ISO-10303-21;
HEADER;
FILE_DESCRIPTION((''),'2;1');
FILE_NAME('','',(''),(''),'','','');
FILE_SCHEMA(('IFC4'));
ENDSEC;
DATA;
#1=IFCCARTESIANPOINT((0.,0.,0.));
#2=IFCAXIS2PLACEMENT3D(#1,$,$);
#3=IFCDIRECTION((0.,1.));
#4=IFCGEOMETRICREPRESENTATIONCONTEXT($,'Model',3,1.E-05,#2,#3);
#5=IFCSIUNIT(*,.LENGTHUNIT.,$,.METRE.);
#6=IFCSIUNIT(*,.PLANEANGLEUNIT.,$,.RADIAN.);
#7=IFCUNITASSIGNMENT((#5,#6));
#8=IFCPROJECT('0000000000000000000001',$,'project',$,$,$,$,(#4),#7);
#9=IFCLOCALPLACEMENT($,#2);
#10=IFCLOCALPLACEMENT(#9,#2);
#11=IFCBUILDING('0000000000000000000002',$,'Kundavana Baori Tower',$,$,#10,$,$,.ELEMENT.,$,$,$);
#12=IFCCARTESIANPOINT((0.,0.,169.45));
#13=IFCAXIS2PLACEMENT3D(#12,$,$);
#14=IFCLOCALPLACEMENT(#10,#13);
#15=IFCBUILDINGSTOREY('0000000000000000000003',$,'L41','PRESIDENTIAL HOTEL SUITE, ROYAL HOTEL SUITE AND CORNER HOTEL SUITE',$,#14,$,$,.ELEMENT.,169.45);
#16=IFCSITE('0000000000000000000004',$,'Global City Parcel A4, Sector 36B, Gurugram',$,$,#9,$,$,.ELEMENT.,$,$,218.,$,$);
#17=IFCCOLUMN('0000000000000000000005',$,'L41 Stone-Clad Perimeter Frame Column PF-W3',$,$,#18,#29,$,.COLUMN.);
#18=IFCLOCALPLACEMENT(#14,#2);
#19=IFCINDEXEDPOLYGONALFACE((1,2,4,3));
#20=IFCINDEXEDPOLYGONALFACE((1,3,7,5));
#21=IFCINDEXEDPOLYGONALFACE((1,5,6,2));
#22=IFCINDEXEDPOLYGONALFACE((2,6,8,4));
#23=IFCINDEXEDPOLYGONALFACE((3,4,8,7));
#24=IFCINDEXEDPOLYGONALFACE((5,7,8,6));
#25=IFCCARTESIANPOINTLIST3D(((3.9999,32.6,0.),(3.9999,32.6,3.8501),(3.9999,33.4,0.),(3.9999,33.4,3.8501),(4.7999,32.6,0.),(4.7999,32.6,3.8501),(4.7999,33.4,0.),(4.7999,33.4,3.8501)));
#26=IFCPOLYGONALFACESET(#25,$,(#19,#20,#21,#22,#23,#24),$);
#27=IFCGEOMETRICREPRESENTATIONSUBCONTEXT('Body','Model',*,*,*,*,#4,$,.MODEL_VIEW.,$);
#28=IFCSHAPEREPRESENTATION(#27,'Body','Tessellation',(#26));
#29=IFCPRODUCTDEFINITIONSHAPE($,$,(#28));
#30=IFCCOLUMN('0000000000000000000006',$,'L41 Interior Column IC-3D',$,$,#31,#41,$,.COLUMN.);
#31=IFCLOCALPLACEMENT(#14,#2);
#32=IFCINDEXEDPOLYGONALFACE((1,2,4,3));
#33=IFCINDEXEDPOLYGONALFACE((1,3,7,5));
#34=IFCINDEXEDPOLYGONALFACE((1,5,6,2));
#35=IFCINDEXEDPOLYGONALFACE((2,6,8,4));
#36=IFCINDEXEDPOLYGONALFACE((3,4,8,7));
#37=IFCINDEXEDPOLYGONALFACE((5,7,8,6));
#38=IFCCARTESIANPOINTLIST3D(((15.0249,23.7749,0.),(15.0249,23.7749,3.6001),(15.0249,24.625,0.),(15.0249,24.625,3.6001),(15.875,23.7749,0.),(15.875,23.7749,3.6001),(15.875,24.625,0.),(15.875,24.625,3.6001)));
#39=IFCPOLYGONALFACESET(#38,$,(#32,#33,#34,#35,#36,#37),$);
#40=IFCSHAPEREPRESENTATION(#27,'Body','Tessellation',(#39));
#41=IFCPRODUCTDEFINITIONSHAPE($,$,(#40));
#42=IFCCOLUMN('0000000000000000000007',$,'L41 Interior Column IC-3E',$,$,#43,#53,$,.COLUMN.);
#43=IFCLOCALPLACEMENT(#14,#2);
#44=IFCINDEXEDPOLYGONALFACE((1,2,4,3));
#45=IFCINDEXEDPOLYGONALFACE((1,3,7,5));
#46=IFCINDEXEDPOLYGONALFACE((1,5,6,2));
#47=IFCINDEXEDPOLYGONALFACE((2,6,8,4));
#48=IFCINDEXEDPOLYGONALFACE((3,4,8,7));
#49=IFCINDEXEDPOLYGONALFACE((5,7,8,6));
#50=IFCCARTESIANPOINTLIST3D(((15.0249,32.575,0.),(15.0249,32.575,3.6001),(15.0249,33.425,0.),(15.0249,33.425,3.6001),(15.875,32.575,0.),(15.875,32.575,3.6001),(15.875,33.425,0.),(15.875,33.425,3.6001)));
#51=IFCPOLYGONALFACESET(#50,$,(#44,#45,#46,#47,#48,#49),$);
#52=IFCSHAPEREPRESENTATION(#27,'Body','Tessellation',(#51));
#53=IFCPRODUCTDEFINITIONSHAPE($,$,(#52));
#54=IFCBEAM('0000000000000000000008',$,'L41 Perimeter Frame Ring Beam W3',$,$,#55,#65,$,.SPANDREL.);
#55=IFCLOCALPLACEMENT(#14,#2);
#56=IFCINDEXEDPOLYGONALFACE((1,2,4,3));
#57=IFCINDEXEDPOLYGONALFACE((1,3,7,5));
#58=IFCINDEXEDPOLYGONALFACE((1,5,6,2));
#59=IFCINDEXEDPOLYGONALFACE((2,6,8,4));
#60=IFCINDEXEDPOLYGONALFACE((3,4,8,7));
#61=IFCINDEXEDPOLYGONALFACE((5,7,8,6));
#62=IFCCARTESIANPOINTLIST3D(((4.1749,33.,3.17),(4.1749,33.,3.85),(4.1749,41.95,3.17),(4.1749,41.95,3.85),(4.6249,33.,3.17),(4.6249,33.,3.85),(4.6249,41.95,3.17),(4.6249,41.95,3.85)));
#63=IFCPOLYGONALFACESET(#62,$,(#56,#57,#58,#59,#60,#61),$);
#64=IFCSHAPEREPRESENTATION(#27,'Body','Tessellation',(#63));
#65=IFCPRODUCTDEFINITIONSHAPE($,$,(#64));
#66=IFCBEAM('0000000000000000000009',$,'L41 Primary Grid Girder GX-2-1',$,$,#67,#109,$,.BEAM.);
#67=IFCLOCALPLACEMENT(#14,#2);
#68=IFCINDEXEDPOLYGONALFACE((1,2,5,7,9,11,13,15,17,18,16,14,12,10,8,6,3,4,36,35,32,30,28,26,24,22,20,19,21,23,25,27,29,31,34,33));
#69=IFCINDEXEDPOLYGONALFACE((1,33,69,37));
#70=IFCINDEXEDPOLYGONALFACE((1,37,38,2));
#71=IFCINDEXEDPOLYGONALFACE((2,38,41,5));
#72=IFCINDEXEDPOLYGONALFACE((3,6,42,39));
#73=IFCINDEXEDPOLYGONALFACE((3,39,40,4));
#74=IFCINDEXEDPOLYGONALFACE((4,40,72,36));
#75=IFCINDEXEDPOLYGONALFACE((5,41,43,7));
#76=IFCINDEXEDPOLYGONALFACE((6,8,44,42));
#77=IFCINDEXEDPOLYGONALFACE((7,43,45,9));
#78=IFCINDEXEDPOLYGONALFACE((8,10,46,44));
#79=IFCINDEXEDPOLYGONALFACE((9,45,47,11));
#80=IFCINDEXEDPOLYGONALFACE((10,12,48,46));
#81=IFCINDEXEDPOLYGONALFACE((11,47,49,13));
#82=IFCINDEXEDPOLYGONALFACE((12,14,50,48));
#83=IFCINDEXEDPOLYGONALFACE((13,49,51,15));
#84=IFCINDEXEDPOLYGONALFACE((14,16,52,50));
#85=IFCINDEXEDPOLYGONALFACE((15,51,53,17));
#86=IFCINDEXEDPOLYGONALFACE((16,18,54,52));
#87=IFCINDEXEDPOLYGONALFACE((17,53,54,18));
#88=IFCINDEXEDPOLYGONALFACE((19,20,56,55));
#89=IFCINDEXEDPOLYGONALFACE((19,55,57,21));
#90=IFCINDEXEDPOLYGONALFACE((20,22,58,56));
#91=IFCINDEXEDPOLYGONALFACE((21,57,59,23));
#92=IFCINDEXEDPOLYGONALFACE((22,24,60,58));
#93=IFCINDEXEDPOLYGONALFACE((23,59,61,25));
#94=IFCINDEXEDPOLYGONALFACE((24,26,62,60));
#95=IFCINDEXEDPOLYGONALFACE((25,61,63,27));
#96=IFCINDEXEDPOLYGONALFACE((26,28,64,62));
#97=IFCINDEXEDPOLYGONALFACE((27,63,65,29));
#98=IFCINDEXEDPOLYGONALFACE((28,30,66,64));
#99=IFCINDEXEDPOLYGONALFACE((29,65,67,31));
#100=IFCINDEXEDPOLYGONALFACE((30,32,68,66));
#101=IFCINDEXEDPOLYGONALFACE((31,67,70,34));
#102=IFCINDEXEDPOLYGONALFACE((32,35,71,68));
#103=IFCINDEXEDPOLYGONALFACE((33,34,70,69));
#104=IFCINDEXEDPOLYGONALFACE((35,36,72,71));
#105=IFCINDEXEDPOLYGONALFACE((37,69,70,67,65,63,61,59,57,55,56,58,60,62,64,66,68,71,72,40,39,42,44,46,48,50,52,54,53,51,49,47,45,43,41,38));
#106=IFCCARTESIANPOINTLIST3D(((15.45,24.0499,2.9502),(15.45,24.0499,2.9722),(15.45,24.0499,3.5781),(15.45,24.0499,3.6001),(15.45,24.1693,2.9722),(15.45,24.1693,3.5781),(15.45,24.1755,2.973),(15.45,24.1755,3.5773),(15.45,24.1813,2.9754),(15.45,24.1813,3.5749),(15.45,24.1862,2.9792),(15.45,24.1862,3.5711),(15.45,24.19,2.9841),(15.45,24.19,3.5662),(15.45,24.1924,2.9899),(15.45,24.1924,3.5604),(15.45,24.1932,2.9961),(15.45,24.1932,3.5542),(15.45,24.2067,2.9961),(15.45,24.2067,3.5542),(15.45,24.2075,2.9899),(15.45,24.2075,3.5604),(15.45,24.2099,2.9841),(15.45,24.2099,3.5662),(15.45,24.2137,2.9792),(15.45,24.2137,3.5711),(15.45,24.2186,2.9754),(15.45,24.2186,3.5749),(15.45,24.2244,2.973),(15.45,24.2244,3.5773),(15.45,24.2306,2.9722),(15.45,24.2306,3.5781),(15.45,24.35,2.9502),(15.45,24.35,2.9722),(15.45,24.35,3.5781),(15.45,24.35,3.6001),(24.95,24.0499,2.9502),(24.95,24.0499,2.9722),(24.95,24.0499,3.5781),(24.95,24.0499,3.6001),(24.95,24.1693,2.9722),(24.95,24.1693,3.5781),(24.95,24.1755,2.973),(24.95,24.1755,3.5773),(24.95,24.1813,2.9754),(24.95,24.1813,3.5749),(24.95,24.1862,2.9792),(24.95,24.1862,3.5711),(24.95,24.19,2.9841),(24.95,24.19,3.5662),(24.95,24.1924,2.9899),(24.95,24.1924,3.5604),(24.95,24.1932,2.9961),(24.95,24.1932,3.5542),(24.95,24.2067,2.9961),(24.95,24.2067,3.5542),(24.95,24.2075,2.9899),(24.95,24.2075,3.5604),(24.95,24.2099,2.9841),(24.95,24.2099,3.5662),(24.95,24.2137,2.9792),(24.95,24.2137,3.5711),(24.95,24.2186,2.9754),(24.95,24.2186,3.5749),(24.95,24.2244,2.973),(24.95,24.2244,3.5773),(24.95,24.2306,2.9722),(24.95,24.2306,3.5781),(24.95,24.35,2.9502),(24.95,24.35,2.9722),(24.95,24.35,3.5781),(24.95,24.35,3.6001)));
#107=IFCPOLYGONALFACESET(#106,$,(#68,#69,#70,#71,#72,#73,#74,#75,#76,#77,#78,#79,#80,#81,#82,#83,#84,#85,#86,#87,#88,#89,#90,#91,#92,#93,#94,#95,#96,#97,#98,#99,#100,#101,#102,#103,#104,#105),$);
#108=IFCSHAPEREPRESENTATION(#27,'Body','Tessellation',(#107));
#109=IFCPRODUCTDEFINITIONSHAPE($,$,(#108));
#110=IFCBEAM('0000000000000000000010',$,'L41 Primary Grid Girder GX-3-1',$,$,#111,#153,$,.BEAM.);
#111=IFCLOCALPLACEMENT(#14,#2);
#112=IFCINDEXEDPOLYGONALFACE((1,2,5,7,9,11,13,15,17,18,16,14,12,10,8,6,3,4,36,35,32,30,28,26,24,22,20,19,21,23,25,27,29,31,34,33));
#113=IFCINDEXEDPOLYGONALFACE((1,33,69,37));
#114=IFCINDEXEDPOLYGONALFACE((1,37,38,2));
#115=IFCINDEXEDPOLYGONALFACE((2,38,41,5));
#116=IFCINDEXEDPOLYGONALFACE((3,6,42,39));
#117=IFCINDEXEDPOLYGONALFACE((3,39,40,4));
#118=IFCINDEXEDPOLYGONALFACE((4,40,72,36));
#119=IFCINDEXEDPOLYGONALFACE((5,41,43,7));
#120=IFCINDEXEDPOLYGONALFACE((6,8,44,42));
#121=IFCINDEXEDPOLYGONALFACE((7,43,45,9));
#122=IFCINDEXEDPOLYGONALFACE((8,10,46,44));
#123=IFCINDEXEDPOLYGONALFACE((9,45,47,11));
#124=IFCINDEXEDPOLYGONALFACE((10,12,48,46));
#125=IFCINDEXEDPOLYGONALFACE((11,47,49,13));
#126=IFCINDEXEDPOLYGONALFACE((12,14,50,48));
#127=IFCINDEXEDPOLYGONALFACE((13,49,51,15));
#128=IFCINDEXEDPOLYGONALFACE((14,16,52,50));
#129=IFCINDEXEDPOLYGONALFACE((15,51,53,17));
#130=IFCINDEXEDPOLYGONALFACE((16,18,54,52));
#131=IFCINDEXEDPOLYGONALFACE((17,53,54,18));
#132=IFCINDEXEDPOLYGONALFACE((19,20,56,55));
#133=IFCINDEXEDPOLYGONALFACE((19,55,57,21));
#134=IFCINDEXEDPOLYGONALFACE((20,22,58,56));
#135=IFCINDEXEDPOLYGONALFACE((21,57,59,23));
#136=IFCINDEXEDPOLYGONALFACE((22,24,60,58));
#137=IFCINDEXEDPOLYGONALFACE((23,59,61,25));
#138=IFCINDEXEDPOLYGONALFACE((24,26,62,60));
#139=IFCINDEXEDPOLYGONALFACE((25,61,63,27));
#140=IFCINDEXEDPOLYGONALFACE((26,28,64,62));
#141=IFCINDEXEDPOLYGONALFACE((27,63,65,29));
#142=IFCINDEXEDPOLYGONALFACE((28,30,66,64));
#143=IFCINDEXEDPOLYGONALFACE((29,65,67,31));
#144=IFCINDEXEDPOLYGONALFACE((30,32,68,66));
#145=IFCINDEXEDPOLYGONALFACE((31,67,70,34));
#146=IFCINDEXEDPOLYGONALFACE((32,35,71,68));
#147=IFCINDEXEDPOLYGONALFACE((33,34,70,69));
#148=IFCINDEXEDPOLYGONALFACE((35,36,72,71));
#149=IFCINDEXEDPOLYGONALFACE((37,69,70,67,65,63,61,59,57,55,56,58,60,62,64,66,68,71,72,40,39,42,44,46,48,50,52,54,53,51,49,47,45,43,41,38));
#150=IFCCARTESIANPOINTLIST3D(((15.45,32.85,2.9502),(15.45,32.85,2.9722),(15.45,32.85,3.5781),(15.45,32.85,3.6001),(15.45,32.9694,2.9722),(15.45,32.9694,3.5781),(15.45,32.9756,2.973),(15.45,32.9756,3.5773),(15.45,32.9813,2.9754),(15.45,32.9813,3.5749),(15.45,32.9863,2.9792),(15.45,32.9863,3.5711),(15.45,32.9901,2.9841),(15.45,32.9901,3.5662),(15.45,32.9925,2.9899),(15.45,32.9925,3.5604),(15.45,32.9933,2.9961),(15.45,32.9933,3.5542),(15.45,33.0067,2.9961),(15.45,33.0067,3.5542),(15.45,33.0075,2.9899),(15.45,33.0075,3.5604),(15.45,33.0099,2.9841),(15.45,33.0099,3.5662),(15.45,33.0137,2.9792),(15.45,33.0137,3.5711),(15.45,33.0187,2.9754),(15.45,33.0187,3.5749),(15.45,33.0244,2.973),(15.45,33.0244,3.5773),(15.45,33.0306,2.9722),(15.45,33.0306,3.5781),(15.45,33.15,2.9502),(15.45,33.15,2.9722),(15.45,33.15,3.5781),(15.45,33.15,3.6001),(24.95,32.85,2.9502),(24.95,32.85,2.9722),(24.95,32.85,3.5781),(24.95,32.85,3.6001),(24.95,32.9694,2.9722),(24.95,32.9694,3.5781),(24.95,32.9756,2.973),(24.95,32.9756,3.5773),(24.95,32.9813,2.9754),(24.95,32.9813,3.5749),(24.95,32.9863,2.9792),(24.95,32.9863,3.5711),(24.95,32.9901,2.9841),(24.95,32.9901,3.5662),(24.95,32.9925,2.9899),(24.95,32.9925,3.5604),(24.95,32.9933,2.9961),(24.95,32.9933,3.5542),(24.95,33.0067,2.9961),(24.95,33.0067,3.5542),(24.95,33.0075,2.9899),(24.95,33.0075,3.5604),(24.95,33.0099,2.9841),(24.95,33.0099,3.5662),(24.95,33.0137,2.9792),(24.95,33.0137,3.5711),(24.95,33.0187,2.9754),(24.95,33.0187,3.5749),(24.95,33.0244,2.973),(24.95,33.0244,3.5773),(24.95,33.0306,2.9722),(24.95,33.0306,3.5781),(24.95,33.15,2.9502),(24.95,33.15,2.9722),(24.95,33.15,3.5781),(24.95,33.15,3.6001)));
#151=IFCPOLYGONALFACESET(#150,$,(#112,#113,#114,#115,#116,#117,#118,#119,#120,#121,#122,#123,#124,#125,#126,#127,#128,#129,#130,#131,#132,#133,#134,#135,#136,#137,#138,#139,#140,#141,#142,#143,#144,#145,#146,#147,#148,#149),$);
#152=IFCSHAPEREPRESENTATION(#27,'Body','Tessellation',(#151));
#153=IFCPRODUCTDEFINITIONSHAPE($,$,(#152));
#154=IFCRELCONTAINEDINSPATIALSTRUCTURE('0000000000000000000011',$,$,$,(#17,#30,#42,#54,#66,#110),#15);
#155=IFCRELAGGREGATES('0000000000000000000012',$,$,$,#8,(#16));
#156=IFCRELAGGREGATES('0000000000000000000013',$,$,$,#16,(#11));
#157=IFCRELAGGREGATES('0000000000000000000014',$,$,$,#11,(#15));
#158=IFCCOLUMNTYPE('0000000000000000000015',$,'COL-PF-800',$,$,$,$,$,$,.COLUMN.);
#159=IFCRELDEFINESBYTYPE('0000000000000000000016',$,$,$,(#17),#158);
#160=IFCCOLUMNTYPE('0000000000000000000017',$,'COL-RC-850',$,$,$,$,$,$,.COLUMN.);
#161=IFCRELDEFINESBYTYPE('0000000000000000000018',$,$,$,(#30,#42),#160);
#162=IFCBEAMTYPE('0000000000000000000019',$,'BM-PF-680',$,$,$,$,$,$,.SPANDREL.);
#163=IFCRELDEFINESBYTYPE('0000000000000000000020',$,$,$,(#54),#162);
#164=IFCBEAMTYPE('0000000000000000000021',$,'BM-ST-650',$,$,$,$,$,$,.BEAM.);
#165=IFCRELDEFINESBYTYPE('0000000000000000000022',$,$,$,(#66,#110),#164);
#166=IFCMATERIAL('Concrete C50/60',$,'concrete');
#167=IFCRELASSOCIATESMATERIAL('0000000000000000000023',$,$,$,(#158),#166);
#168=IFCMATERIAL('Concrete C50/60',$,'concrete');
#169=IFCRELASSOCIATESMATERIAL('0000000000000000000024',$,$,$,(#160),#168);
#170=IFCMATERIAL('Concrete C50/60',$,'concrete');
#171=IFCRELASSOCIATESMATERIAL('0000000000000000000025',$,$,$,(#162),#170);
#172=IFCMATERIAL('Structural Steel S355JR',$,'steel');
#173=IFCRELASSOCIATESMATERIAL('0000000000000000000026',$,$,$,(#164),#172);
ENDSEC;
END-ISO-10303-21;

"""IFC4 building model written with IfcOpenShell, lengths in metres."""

from ifc_helpers import new_model, si_unit, direction, frame, origin, origin_2d, place, context, subcontext, project, spatial, rectangle, i_section, extrude, material, material_profile, profile_set, type_object, element, save


model = new_model("IFC4")

# Units and contexts
model_context = context("Model", 3, precision=1e-05, world=origin(), true_north=direction((0.0, 1.0)))
body_context = subcontext(model_context, "Body", "Model", "MODEL_VIEW")
ifc_project = project(units=[si_unit("LENGTHUNIT", "METRE"), si_unit("PLANEANGLEUNIT", "RADIAN")], contexts=[model_context])

# Site, building, storey
site_placement = place(None, origin())
site = spatial("IfcSite", under=ifc_project, at=site_placement, Name="Global City Parcel A4, Sector 36B, Gurugram", CompositionType="ELEMENT", RefElevation=218.0)
building_placement = place(site_placement, origin())
building = spatial("IfcBuilding", under=site, at=building_placement, Name="Kundavana Baori Tower", CompositionType="ELEMENT")
storey_placement = place(building_placement, frame((0.0, 0.0, 169.45)))
storey = spatial("IfcBuildingStorey", under=building, at=storey_placement, Name="L41", Description="PRESIDENTIAL HOTEL SUITE, ROYAL HOTEL SUITE AND CORNER HOTEL SUITE", CompositionType="ELEMENT", Elevation=169.45)

# Columns
ifc_material_1 = material(Name="Concrete C50/60", Category="concrete")
ifc_material_profile_1 = material_profile(ifc_material_1, rectangle(XDim=0.8, YDim=0.8, at=origin_2d()), Name="RC PF 800x800")
ifc_profile_set_1 = profile_set([ifc_material_profile_1], Name="Concrete C50/60")
column_type_1 = type_object("IfcColumnType", Name="COL-PF-800", PredefinedType="COLUMN", material=ifc_profile_set_1)
column_placement = place(storey_placement, frame((4.3999, 33.0, 0.0), z_axis=(0.0, 0.0, 1.0), x_axis=(1.0, 0.0, 0.0)))
element("IfcColumn", 1, at=column_placement, inside=storey, type_object=column_type_1, Name="L41 Stone-Clad Perimeter Frame Column PF-W3", PredefinedType="COLUMN", context=body_context, shape_type="SweptSolid", body=[
    extrude(rectangle(XDim=0.8, YDim=0.8, at=origin_2d()), origin(), (0.0, 0.0, 1.0), 3.8501),
])
ifc_material_2 = material(Name="Concrete C50/60", Category="concrete")
ifc_material_profile_2 = material_profile(ifc_material_2, rectangle(XDim=0.8501, YDim=0.8501, at=origin_2d()), Name="RC 850x850")
ifc_profile_set_2 = profile_set([ifc_material_profile_2], Name="Concrete C50/60")
column_type_2 = type_object("IfcColumnType", Name="COL-RC-850", PredefinedType="COLUMN", material=ifc_profile_set_2)
for number, where, z_axis, x_axis, name in (
    (2, (15.45, 24.2, 0.0), (0.0, 0.0, 1.0), (1.0, 0.0, 0.0), "L41 Interior Column IC-3D"),
    (3, (15.45, 33.0, 0.0), (0.0, 0.0, 1.0), (1.0, 0.0, 0.0), "L41 Interior Column IC-3E"),
):
    element("IfcColumn", number, at=place(storey_placement, frame(where, z_axis=z_axis, x_axis=x_axis)), inside=storey, type_object=column_type_2, Name=name, PredefinedType="COLUMN", context=body_context, shape_type="SweptSolid", body=[
        extrude(rectangle(XDim=0.8501, YDim=0.8501, at=origin_2d()), origin(), (0.0, 0.0, 1.0), 3.6001),
    ])

# Beams
ifc_material_3 = material(Name="Concrete C50/60", Category="concrete")
ifc_material_profile_3 = material_profile(ifc_material_3, rectangle(XDim=0.45, YDim=0.6799, at=origin_2d()), Name="RC BM 450x680")
ifc_profile_set_3 = profile_set([ifc_material_profile_3], Name="Concrete C50/60")
beam_type_1 = type_object("IfcBeamType", Name="BM-PF-680", PredefinedType="SPANDREL", material=ifc_profile_set_3)
beam_placement = place(storey_placement, frame((4.3999, 33.0, 3.51), z_axis=(0.0, 1.0, 0.0), x_axis=(-1.0, 0.0, 0.0)))
element("IfcBeam", 4, at=beam_placement, inside=storey, type_object=beam_type_1, Name="L41 Perimeter Frame Ring Beam W3", PredefinedType="SPANDREL", context=body_context, shape_type="SweptSolid", body=[
    extrude(rectangle(XDim=0.45, YDim=0.6799, at=origin_2d()), origin(), (0.0, 0.0, 1.0), 8.95),
])
ifc_material_4 = material(Name="Structural Steel S355JR", Category="steel")
ifc_material_profile_4 = material_profile(ifc_material_4, i_section(OverallWidth=0.3, OverallDepth=0.6499, WebThickness=0.0134, FlangeThickness=0.022, FilletRadius=0.0239, at=origin_2d()), Name="NPB 650x300x155")
ifc_profile_set_4 = profile_set([ifc_material_profile_4], Name="Structural Steel S355JR")
beam_type_2 = type_object("IfcBeamType", Name="BM-ST-650", PredefinedType="BEAM", material=ifc_profile_set_4)
for number, where, z_axis, x_axis, name in (
    (5, (15.45, 24.2, 3.2751), (1.0, 0.0, 0.0), (0.0, 1.0, 0.0), "L41 Primary Grid Girder GX-2-1"),
    (6, (15.45, 33.0, 3.2751), (1.0, 0.0, 0.0), (0.0, 1.0, 0.0), "L41 Primary Grid Girder GX-3-1"),
):
    element("IfcBeam", number, at=place(storey_placement, frame(where, z_axis=z_axis, x_axis=x_axis)), inside=storey, type_object=beam_type_2, Name=name, PredefinedType="BEAM", context=body_context, shape_type="SweptSolid", body=[
        extrude(i_section(OverallWidth=0.3, OverallDepth=0.6499, WebThickness=0.0134, FlangeThickness=0.022, FilletRadius=0.0239, at=origin_2d()), origin(), (0.0, 0.0, 1.0), 9.5),
    ])

save(model, "model.ifc")
